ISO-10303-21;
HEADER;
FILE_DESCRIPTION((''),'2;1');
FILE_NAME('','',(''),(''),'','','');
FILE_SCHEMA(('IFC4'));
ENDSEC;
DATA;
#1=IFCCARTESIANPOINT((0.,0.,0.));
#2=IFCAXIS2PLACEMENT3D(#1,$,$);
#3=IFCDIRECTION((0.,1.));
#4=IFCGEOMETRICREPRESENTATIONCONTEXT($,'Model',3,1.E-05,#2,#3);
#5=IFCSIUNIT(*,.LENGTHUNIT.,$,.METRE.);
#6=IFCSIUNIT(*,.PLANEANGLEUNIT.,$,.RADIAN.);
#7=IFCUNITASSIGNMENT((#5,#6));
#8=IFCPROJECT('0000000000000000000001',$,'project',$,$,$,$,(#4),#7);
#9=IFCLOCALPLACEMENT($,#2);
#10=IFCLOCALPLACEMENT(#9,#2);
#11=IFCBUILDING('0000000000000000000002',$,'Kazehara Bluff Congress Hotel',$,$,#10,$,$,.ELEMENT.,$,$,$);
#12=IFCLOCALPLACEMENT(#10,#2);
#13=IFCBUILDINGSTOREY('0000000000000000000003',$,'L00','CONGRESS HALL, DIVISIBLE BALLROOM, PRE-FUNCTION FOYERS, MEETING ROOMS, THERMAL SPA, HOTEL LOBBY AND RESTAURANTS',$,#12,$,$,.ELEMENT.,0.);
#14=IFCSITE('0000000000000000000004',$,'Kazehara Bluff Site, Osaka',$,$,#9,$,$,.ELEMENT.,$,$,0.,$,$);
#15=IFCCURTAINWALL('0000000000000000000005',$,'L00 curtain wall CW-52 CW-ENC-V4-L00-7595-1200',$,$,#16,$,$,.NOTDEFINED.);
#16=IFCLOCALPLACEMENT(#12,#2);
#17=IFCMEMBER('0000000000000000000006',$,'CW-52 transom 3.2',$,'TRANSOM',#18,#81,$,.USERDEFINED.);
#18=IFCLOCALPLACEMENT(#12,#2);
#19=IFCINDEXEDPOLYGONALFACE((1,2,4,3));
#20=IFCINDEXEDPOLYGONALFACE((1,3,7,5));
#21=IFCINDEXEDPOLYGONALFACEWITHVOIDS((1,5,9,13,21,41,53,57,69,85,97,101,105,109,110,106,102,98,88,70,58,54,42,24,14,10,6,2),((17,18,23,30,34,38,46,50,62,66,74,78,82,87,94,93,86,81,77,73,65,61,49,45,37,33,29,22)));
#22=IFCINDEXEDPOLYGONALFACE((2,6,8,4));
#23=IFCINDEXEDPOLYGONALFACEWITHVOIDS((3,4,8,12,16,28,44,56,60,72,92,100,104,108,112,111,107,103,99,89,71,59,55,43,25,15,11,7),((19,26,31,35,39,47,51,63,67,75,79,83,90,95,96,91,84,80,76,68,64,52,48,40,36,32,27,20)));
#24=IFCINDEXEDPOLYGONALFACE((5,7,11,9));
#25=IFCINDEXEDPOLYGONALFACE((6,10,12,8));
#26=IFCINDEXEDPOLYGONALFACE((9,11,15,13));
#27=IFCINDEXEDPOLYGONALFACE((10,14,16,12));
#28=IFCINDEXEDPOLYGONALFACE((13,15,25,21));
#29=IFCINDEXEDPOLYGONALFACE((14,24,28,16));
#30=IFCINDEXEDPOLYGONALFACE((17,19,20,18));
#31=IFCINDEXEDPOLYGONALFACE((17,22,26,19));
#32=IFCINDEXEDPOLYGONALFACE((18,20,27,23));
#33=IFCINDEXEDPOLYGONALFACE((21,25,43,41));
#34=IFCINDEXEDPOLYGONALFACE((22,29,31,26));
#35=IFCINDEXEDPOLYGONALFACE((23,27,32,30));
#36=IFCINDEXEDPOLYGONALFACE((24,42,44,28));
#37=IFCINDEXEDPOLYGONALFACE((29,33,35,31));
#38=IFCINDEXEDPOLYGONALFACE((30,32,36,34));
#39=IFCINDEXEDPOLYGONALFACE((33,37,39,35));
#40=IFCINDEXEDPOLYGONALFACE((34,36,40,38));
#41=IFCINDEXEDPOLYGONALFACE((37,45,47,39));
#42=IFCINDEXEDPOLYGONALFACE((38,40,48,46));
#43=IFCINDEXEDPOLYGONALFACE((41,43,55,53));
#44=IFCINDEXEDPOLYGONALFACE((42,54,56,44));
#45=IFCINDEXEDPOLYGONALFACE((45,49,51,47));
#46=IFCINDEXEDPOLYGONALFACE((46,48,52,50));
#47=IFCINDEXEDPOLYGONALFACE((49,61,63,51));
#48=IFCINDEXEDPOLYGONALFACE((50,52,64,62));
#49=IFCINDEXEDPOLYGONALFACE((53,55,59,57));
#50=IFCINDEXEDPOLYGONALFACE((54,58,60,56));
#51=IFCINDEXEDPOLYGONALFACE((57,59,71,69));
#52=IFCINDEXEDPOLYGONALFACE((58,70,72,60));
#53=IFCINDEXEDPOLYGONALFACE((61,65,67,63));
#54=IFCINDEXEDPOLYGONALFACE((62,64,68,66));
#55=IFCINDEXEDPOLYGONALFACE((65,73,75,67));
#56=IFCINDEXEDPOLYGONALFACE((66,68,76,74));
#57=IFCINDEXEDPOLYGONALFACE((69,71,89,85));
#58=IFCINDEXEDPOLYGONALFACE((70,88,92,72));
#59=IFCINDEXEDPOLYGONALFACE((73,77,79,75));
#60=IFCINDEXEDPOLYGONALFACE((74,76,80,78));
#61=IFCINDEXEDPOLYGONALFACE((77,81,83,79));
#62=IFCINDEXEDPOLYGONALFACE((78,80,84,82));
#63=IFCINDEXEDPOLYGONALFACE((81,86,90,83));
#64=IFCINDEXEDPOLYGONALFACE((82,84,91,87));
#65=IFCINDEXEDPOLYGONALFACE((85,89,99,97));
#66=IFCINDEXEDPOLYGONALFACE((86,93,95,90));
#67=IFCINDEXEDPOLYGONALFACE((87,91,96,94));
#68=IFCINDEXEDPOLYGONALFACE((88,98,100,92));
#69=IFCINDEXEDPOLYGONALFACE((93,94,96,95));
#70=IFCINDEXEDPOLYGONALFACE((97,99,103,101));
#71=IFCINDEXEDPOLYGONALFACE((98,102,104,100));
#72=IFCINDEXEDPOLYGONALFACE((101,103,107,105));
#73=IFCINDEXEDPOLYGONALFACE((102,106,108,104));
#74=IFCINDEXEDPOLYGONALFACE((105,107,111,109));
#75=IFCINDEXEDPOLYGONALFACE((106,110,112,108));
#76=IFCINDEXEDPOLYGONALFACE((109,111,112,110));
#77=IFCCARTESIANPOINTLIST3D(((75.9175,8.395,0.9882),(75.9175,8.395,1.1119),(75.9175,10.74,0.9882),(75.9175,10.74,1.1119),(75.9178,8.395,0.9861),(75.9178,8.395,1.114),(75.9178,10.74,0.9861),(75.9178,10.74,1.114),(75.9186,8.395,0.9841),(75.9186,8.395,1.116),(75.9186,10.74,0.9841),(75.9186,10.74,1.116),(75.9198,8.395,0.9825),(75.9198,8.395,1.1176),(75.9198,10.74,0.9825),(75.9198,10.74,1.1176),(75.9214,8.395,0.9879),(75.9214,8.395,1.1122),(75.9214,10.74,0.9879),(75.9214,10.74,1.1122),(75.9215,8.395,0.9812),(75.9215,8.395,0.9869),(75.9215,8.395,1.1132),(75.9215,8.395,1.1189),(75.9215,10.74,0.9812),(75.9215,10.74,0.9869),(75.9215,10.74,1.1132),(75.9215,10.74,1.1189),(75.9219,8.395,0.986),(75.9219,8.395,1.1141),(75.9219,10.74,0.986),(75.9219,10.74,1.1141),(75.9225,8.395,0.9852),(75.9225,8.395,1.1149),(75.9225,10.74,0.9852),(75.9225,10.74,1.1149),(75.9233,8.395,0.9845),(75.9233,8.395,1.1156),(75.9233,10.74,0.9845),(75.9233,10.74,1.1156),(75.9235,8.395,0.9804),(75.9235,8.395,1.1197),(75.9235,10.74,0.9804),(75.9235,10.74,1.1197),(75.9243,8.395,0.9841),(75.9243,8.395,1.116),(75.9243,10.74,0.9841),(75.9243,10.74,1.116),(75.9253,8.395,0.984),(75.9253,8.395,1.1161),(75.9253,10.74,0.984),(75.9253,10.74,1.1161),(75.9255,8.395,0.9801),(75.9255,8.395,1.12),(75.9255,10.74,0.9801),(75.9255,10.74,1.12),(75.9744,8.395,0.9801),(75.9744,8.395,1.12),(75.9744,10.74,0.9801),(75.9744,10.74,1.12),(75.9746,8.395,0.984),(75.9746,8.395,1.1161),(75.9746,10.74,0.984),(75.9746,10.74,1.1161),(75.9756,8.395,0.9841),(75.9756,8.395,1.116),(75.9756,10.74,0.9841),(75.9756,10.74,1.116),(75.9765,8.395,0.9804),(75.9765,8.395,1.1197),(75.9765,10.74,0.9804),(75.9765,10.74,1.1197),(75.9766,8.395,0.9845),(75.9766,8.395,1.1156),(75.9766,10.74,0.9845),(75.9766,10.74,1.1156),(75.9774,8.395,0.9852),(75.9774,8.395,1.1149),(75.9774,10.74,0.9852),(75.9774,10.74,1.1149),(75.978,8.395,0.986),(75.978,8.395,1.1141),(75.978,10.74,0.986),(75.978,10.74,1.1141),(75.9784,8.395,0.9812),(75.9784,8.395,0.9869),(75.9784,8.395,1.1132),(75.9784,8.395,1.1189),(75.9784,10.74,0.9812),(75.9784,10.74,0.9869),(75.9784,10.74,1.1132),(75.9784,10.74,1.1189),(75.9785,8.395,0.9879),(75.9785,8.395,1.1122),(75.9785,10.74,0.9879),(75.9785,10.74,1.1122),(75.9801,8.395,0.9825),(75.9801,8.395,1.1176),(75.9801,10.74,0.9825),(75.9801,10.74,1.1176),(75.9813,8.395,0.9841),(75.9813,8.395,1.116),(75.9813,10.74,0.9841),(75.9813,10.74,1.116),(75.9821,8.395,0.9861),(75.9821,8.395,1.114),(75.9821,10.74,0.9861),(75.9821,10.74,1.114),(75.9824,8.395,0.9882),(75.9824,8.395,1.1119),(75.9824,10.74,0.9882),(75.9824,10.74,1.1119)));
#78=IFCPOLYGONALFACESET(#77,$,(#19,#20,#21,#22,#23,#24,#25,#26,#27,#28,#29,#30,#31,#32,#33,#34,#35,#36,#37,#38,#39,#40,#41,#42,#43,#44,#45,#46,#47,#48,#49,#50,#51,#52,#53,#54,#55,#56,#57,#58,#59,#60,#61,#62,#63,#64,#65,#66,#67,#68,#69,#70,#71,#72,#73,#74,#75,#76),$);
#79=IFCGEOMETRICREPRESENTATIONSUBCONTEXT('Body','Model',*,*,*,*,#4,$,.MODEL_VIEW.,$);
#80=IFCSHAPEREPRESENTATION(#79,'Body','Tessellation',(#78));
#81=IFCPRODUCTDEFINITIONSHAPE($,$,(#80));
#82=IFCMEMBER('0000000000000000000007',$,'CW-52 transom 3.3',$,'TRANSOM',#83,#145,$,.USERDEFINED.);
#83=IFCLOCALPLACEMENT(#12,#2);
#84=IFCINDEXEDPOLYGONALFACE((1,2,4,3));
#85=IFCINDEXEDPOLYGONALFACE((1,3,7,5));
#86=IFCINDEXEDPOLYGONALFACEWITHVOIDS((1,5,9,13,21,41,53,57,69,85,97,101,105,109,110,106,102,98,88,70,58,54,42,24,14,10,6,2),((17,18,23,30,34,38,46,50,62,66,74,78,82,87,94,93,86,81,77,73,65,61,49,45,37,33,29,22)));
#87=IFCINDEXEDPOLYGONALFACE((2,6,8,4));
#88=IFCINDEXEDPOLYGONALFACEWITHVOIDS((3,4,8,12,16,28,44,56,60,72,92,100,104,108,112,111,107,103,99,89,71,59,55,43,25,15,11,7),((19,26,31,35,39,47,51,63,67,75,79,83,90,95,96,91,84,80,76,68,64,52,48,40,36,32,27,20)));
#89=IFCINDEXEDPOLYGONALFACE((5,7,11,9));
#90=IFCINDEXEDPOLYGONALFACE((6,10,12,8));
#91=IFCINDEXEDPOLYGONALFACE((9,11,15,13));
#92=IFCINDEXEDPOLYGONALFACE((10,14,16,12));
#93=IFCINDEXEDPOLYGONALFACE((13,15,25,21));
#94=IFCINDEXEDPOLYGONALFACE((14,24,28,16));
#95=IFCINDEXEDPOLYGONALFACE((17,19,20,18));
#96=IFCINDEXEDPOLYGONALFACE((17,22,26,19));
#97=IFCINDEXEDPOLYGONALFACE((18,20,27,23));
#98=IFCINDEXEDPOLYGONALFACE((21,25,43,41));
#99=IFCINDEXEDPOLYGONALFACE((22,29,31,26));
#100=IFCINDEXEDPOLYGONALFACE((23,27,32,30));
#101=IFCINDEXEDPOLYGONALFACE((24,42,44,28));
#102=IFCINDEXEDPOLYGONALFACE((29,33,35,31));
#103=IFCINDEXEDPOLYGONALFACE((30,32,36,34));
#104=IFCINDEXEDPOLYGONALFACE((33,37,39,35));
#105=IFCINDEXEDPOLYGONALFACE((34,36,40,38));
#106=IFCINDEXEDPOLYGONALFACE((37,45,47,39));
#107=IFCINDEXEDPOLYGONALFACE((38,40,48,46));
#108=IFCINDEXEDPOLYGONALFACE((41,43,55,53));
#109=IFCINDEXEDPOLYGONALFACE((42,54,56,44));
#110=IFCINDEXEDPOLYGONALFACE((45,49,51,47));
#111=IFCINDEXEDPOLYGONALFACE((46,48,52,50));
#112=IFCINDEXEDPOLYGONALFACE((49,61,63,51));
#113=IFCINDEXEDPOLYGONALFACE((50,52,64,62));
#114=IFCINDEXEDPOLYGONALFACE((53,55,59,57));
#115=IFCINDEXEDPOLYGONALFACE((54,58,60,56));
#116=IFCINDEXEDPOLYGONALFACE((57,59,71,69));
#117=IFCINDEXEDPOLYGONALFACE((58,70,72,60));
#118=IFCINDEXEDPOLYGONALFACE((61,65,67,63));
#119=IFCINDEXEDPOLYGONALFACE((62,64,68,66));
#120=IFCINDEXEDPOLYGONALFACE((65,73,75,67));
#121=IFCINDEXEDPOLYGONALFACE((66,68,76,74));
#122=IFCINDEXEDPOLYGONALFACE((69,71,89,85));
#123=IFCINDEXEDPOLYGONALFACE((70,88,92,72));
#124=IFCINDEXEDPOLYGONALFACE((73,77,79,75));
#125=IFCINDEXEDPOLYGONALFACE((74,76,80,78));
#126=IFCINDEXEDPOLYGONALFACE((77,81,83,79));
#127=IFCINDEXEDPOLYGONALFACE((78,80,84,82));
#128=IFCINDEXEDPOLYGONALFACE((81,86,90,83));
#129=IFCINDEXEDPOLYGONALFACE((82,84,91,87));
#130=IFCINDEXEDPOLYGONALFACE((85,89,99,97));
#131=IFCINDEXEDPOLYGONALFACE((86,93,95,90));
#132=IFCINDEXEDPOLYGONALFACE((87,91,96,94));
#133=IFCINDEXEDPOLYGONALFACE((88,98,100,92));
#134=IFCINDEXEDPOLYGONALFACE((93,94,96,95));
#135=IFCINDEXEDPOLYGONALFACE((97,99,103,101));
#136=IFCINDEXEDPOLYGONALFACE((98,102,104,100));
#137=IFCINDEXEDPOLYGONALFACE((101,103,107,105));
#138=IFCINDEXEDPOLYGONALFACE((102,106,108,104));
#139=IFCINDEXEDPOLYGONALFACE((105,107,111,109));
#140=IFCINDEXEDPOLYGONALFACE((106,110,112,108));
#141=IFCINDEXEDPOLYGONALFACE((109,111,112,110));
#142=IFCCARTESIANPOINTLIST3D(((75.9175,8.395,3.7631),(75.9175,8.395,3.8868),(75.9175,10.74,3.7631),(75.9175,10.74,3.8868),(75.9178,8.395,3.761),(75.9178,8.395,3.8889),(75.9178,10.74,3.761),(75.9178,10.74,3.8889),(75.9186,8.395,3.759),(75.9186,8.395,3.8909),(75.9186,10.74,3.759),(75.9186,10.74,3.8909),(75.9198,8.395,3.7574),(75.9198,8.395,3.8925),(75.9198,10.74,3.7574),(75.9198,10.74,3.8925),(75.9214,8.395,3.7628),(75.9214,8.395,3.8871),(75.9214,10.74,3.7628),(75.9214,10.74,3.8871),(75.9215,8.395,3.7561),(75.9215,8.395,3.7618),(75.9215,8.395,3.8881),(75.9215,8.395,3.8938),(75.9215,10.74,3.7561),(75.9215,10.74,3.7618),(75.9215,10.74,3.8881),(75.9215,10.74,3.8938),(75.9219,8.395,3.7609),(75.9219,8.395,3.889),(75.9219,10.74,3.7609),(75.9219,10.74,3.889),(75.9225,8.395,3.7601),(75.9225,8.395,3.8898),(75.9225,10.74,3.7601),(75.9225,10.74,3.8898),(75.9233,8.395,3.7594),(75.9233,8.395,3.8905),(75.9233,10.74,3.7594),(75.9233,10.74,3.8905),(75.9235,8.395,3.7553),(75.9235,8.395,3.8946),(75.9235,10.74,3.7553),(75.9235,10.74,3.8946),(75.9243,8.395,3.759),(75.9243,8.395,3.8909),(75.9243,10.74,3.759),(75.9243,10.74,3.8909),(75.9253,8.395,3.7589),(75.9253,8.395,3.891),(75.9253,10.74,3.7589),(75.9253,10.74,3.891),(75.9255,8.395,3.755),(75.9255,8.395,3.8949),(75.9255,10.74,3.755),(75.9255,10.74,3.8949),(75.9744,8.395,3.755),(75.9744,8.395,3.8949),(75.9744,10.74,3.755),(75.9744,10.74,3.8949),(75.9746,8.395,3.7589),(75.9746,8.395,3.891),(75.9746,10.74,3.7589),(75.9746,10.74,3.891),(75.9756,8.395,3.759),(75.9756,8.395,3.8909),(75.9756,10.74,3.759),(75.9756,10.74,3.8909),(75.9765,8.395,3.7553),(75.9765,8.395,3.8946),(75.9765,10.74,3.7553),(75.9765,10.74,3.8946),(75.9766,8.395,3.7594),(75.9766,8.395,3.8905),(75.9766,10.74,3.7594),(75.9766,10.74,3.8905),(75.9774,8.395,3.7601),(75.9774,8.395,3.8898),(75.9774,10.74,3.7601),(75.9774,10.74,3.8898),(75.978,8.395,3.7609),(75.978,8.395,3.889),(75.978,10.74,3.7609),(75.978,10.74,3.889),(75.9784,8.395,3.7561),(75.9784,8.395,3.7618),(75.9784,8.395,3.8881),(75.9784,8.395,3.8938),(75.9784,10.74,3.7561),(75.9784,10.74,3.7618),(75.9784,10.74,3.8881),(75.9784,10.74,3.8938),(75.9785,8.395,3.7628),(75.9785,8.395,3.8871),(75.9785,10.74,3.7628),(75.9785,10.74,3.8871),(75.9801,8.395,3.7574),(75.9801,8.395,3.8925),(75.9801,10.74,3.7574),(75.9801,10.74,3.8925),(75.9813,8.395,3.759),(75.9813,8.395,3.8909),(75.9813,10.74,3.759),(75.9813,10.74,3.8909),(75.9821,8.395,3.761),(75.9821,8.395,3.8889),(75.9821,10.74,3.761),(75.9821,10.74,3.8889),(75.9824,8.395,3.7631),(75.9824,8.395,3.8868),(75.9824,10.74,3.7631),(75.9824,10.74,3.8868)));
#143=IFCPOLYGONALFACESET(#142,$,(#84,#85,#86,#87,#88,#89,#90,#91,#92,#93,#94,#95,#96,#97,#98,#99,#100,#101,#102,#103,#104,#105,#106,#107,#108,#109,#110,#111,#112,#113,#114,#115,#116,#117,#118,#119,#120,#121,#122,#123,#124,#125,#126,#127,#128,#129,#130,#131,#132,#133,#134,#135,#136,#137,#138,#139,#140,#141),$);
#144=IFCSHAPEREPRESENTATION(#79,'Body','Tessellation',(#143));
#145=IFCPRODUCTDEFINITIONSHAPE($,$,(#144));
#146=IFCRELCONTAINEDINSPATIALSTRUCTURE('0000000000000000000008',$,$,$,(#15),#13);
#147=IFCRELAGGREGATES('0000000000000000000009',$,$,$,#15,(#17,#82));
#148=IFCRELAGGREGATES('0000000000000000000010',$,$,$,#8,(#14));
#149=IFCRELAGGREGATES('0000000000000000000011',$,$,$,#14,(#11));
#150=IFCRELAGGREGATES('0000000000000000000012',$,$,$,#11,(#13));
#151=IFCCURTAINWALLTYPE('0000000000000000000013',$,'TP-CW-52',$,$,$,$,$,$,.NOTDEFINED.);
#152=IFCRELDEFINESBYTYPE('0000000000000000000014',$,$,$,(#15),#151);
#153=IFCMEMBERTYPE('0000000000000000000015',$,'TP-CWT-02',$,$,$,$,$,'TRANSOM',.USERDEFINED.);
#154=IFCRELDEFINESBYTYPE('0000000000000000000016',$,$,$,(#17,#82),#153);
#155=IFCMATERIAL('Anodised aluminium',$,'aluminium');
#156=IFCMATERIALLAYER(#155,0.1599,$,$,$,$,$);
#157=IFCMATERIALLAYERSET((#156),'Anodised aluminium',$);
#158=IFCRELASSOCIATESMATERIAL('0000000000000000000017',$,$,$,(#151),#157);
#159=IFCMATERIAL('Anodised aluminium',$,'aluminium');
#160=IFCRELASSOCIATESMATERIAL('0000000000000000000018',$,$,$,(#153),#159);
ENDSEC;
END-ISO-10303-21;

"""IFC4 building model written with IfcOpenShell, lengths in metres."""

from ifc_helpers import new_model, si_unit, direction, frame, origin, origin_2d, place, context, subcontext, project, spatial, hollow_rectangle, extrude, material, layer, layer_set, material_profile, profile_set, type_object, element, aggregate, save


model = new_model("IFC4")

# Units and contexts
model_context = context("Model", 3, precision=1e-05, world=origin(), true_north=direction((0.0, 1.0)))
body_context = subcontext(model_context, "Body", "Model", "MODEL_VIEW")
ifc_project = project(units=[si_unit("LENGTHUNIT", "METRE"), si_unit("PLANEANGLEUNIT", "RADIAN")], contexts=[model_context])

# Site, building, storey
site_placement = place(None, origin())
site = spatial("IfcSite", under=ifc_project, at=site_placement, Name="Kazehara Bluff Site, Osaka", CompositionType="ELEMENT", RefElevation=0.0)
building_placement = place(site_placement, origin())
building = spatial("IfcBuilding", under=site, at=building_placement, Name="Kazehara Bluff Congress Hotel", CompositionType="ELEMENT")
storey_placement = place(building_placement, origin())
storey = spatial("IfcBuildingStorey", under=building, at=storey_placement, Name="L00", Description="CONGRESS HALL, DIVISIBLE BALLROOM, PRE-FUNCTION FOYERS, MEETING ROOMS, THERMAL SPA, HOTEL LOBBY AND RESTAURANTS", CompositionType="ELEMENT", Elevation=0.0)

# Curtain wall, members
ifc_material_1 = material(Name="Anodised aluminium", Category="aluminium")
ifc_layer_1 = layer(ifc_material_1, 0.1599)
ifc_layer_set_1 = layer_set([ifc_layer_1], Name="Anodised aluminium")
curtain_wall_type_1 = type_object("IfcCurtainWallType", Name="TP-CW-52", PredefinedType="NOTDEFINED", material=ifc_layer_set_1)
curtain_wall_1_placement = place(storey_placement, origin())
curtain_wall_1 = element("IfcCurtainWall", 1, at=curtain_wall_1_placement, inside=storey, type_object=curtain_wall_type_1, Name="L00 curtain wall CW-52 CW-ENC-V4-L00-7595-1200", PredefinedType="NOTDEFINED")
ifc_material_2 = material(Name="Anodised aluminium", Category="aluminium")
ifc_material_profile_1 = material_profile(ifc_material_2, hollow_rectangle(XDim=0.0649, YDim=0.1399, WallThickness=0.0039, InnerFilletRadius=0.0039, OuterFilletRadius=0.0081, at=origin_2d()))
ifc_profile_set_1 = profile_set([ifc_material_profile_1], Name="Anodised aluminium")
member_type_1 = type_object("IfcMemberType", Name="TP-CWT-02", ElementType="TRANSOM", PredefinedType="USERDEFINED", material=ifc_profile_set_1)
member_1_placement = place(storey_placement, frame((75.95, 10.74, 1.05), z_axis=(0.0, -1.0, 0.0), x_axis=(1.0, 0.0, 0.0)))
member_1 = element("IfcMember", 2, at=member_1_placement, type_object=member_type_1, Name="CW-52 transom 3.2", ObjectType="TRANSOM", PredefinedType="USERDEFINED", context=body_context, shape_type="SweptSolid", body=[
    extrude(hollow_rectangle(XDim=0.0649, YDim=0.1399, WallThickness=0.0039, InnerFilletRadius=0.0039, OuterFilletRadius=0.0081, at=origin_2d()), origin(), (0.0, 0.0, 1.0), 2.345),
])
member_2_placement = place(storey_placement, frame((75.95, 10.74, 3.825), z_axis=(0.0, -1.0, 0.0), x_axis=(1.0, 0.0, 0.0)))
member_2 = element("IfcMember", 3, at=member_2_placement, type_object=member_type_1, Name="CW-52 transom 3.3", ObjectType="TRANSOM", PredefinedType="USERDEFINED", context=body_context, shape_type="SweptSolid", body=[
    extrude(hollow_rectangle(XDim=0.0649, YDim=0.1399, WallThickness=0.0039, InnerFilletRadius=0.0039, OuterFilletRadius=0.0081, at=origin_2d()), origin(), (0.0, 0.0, 1.0), 2.345),
])

aggregate(curtain_wall_1, [member_1, member_2])

save(model, "model.ifc")
